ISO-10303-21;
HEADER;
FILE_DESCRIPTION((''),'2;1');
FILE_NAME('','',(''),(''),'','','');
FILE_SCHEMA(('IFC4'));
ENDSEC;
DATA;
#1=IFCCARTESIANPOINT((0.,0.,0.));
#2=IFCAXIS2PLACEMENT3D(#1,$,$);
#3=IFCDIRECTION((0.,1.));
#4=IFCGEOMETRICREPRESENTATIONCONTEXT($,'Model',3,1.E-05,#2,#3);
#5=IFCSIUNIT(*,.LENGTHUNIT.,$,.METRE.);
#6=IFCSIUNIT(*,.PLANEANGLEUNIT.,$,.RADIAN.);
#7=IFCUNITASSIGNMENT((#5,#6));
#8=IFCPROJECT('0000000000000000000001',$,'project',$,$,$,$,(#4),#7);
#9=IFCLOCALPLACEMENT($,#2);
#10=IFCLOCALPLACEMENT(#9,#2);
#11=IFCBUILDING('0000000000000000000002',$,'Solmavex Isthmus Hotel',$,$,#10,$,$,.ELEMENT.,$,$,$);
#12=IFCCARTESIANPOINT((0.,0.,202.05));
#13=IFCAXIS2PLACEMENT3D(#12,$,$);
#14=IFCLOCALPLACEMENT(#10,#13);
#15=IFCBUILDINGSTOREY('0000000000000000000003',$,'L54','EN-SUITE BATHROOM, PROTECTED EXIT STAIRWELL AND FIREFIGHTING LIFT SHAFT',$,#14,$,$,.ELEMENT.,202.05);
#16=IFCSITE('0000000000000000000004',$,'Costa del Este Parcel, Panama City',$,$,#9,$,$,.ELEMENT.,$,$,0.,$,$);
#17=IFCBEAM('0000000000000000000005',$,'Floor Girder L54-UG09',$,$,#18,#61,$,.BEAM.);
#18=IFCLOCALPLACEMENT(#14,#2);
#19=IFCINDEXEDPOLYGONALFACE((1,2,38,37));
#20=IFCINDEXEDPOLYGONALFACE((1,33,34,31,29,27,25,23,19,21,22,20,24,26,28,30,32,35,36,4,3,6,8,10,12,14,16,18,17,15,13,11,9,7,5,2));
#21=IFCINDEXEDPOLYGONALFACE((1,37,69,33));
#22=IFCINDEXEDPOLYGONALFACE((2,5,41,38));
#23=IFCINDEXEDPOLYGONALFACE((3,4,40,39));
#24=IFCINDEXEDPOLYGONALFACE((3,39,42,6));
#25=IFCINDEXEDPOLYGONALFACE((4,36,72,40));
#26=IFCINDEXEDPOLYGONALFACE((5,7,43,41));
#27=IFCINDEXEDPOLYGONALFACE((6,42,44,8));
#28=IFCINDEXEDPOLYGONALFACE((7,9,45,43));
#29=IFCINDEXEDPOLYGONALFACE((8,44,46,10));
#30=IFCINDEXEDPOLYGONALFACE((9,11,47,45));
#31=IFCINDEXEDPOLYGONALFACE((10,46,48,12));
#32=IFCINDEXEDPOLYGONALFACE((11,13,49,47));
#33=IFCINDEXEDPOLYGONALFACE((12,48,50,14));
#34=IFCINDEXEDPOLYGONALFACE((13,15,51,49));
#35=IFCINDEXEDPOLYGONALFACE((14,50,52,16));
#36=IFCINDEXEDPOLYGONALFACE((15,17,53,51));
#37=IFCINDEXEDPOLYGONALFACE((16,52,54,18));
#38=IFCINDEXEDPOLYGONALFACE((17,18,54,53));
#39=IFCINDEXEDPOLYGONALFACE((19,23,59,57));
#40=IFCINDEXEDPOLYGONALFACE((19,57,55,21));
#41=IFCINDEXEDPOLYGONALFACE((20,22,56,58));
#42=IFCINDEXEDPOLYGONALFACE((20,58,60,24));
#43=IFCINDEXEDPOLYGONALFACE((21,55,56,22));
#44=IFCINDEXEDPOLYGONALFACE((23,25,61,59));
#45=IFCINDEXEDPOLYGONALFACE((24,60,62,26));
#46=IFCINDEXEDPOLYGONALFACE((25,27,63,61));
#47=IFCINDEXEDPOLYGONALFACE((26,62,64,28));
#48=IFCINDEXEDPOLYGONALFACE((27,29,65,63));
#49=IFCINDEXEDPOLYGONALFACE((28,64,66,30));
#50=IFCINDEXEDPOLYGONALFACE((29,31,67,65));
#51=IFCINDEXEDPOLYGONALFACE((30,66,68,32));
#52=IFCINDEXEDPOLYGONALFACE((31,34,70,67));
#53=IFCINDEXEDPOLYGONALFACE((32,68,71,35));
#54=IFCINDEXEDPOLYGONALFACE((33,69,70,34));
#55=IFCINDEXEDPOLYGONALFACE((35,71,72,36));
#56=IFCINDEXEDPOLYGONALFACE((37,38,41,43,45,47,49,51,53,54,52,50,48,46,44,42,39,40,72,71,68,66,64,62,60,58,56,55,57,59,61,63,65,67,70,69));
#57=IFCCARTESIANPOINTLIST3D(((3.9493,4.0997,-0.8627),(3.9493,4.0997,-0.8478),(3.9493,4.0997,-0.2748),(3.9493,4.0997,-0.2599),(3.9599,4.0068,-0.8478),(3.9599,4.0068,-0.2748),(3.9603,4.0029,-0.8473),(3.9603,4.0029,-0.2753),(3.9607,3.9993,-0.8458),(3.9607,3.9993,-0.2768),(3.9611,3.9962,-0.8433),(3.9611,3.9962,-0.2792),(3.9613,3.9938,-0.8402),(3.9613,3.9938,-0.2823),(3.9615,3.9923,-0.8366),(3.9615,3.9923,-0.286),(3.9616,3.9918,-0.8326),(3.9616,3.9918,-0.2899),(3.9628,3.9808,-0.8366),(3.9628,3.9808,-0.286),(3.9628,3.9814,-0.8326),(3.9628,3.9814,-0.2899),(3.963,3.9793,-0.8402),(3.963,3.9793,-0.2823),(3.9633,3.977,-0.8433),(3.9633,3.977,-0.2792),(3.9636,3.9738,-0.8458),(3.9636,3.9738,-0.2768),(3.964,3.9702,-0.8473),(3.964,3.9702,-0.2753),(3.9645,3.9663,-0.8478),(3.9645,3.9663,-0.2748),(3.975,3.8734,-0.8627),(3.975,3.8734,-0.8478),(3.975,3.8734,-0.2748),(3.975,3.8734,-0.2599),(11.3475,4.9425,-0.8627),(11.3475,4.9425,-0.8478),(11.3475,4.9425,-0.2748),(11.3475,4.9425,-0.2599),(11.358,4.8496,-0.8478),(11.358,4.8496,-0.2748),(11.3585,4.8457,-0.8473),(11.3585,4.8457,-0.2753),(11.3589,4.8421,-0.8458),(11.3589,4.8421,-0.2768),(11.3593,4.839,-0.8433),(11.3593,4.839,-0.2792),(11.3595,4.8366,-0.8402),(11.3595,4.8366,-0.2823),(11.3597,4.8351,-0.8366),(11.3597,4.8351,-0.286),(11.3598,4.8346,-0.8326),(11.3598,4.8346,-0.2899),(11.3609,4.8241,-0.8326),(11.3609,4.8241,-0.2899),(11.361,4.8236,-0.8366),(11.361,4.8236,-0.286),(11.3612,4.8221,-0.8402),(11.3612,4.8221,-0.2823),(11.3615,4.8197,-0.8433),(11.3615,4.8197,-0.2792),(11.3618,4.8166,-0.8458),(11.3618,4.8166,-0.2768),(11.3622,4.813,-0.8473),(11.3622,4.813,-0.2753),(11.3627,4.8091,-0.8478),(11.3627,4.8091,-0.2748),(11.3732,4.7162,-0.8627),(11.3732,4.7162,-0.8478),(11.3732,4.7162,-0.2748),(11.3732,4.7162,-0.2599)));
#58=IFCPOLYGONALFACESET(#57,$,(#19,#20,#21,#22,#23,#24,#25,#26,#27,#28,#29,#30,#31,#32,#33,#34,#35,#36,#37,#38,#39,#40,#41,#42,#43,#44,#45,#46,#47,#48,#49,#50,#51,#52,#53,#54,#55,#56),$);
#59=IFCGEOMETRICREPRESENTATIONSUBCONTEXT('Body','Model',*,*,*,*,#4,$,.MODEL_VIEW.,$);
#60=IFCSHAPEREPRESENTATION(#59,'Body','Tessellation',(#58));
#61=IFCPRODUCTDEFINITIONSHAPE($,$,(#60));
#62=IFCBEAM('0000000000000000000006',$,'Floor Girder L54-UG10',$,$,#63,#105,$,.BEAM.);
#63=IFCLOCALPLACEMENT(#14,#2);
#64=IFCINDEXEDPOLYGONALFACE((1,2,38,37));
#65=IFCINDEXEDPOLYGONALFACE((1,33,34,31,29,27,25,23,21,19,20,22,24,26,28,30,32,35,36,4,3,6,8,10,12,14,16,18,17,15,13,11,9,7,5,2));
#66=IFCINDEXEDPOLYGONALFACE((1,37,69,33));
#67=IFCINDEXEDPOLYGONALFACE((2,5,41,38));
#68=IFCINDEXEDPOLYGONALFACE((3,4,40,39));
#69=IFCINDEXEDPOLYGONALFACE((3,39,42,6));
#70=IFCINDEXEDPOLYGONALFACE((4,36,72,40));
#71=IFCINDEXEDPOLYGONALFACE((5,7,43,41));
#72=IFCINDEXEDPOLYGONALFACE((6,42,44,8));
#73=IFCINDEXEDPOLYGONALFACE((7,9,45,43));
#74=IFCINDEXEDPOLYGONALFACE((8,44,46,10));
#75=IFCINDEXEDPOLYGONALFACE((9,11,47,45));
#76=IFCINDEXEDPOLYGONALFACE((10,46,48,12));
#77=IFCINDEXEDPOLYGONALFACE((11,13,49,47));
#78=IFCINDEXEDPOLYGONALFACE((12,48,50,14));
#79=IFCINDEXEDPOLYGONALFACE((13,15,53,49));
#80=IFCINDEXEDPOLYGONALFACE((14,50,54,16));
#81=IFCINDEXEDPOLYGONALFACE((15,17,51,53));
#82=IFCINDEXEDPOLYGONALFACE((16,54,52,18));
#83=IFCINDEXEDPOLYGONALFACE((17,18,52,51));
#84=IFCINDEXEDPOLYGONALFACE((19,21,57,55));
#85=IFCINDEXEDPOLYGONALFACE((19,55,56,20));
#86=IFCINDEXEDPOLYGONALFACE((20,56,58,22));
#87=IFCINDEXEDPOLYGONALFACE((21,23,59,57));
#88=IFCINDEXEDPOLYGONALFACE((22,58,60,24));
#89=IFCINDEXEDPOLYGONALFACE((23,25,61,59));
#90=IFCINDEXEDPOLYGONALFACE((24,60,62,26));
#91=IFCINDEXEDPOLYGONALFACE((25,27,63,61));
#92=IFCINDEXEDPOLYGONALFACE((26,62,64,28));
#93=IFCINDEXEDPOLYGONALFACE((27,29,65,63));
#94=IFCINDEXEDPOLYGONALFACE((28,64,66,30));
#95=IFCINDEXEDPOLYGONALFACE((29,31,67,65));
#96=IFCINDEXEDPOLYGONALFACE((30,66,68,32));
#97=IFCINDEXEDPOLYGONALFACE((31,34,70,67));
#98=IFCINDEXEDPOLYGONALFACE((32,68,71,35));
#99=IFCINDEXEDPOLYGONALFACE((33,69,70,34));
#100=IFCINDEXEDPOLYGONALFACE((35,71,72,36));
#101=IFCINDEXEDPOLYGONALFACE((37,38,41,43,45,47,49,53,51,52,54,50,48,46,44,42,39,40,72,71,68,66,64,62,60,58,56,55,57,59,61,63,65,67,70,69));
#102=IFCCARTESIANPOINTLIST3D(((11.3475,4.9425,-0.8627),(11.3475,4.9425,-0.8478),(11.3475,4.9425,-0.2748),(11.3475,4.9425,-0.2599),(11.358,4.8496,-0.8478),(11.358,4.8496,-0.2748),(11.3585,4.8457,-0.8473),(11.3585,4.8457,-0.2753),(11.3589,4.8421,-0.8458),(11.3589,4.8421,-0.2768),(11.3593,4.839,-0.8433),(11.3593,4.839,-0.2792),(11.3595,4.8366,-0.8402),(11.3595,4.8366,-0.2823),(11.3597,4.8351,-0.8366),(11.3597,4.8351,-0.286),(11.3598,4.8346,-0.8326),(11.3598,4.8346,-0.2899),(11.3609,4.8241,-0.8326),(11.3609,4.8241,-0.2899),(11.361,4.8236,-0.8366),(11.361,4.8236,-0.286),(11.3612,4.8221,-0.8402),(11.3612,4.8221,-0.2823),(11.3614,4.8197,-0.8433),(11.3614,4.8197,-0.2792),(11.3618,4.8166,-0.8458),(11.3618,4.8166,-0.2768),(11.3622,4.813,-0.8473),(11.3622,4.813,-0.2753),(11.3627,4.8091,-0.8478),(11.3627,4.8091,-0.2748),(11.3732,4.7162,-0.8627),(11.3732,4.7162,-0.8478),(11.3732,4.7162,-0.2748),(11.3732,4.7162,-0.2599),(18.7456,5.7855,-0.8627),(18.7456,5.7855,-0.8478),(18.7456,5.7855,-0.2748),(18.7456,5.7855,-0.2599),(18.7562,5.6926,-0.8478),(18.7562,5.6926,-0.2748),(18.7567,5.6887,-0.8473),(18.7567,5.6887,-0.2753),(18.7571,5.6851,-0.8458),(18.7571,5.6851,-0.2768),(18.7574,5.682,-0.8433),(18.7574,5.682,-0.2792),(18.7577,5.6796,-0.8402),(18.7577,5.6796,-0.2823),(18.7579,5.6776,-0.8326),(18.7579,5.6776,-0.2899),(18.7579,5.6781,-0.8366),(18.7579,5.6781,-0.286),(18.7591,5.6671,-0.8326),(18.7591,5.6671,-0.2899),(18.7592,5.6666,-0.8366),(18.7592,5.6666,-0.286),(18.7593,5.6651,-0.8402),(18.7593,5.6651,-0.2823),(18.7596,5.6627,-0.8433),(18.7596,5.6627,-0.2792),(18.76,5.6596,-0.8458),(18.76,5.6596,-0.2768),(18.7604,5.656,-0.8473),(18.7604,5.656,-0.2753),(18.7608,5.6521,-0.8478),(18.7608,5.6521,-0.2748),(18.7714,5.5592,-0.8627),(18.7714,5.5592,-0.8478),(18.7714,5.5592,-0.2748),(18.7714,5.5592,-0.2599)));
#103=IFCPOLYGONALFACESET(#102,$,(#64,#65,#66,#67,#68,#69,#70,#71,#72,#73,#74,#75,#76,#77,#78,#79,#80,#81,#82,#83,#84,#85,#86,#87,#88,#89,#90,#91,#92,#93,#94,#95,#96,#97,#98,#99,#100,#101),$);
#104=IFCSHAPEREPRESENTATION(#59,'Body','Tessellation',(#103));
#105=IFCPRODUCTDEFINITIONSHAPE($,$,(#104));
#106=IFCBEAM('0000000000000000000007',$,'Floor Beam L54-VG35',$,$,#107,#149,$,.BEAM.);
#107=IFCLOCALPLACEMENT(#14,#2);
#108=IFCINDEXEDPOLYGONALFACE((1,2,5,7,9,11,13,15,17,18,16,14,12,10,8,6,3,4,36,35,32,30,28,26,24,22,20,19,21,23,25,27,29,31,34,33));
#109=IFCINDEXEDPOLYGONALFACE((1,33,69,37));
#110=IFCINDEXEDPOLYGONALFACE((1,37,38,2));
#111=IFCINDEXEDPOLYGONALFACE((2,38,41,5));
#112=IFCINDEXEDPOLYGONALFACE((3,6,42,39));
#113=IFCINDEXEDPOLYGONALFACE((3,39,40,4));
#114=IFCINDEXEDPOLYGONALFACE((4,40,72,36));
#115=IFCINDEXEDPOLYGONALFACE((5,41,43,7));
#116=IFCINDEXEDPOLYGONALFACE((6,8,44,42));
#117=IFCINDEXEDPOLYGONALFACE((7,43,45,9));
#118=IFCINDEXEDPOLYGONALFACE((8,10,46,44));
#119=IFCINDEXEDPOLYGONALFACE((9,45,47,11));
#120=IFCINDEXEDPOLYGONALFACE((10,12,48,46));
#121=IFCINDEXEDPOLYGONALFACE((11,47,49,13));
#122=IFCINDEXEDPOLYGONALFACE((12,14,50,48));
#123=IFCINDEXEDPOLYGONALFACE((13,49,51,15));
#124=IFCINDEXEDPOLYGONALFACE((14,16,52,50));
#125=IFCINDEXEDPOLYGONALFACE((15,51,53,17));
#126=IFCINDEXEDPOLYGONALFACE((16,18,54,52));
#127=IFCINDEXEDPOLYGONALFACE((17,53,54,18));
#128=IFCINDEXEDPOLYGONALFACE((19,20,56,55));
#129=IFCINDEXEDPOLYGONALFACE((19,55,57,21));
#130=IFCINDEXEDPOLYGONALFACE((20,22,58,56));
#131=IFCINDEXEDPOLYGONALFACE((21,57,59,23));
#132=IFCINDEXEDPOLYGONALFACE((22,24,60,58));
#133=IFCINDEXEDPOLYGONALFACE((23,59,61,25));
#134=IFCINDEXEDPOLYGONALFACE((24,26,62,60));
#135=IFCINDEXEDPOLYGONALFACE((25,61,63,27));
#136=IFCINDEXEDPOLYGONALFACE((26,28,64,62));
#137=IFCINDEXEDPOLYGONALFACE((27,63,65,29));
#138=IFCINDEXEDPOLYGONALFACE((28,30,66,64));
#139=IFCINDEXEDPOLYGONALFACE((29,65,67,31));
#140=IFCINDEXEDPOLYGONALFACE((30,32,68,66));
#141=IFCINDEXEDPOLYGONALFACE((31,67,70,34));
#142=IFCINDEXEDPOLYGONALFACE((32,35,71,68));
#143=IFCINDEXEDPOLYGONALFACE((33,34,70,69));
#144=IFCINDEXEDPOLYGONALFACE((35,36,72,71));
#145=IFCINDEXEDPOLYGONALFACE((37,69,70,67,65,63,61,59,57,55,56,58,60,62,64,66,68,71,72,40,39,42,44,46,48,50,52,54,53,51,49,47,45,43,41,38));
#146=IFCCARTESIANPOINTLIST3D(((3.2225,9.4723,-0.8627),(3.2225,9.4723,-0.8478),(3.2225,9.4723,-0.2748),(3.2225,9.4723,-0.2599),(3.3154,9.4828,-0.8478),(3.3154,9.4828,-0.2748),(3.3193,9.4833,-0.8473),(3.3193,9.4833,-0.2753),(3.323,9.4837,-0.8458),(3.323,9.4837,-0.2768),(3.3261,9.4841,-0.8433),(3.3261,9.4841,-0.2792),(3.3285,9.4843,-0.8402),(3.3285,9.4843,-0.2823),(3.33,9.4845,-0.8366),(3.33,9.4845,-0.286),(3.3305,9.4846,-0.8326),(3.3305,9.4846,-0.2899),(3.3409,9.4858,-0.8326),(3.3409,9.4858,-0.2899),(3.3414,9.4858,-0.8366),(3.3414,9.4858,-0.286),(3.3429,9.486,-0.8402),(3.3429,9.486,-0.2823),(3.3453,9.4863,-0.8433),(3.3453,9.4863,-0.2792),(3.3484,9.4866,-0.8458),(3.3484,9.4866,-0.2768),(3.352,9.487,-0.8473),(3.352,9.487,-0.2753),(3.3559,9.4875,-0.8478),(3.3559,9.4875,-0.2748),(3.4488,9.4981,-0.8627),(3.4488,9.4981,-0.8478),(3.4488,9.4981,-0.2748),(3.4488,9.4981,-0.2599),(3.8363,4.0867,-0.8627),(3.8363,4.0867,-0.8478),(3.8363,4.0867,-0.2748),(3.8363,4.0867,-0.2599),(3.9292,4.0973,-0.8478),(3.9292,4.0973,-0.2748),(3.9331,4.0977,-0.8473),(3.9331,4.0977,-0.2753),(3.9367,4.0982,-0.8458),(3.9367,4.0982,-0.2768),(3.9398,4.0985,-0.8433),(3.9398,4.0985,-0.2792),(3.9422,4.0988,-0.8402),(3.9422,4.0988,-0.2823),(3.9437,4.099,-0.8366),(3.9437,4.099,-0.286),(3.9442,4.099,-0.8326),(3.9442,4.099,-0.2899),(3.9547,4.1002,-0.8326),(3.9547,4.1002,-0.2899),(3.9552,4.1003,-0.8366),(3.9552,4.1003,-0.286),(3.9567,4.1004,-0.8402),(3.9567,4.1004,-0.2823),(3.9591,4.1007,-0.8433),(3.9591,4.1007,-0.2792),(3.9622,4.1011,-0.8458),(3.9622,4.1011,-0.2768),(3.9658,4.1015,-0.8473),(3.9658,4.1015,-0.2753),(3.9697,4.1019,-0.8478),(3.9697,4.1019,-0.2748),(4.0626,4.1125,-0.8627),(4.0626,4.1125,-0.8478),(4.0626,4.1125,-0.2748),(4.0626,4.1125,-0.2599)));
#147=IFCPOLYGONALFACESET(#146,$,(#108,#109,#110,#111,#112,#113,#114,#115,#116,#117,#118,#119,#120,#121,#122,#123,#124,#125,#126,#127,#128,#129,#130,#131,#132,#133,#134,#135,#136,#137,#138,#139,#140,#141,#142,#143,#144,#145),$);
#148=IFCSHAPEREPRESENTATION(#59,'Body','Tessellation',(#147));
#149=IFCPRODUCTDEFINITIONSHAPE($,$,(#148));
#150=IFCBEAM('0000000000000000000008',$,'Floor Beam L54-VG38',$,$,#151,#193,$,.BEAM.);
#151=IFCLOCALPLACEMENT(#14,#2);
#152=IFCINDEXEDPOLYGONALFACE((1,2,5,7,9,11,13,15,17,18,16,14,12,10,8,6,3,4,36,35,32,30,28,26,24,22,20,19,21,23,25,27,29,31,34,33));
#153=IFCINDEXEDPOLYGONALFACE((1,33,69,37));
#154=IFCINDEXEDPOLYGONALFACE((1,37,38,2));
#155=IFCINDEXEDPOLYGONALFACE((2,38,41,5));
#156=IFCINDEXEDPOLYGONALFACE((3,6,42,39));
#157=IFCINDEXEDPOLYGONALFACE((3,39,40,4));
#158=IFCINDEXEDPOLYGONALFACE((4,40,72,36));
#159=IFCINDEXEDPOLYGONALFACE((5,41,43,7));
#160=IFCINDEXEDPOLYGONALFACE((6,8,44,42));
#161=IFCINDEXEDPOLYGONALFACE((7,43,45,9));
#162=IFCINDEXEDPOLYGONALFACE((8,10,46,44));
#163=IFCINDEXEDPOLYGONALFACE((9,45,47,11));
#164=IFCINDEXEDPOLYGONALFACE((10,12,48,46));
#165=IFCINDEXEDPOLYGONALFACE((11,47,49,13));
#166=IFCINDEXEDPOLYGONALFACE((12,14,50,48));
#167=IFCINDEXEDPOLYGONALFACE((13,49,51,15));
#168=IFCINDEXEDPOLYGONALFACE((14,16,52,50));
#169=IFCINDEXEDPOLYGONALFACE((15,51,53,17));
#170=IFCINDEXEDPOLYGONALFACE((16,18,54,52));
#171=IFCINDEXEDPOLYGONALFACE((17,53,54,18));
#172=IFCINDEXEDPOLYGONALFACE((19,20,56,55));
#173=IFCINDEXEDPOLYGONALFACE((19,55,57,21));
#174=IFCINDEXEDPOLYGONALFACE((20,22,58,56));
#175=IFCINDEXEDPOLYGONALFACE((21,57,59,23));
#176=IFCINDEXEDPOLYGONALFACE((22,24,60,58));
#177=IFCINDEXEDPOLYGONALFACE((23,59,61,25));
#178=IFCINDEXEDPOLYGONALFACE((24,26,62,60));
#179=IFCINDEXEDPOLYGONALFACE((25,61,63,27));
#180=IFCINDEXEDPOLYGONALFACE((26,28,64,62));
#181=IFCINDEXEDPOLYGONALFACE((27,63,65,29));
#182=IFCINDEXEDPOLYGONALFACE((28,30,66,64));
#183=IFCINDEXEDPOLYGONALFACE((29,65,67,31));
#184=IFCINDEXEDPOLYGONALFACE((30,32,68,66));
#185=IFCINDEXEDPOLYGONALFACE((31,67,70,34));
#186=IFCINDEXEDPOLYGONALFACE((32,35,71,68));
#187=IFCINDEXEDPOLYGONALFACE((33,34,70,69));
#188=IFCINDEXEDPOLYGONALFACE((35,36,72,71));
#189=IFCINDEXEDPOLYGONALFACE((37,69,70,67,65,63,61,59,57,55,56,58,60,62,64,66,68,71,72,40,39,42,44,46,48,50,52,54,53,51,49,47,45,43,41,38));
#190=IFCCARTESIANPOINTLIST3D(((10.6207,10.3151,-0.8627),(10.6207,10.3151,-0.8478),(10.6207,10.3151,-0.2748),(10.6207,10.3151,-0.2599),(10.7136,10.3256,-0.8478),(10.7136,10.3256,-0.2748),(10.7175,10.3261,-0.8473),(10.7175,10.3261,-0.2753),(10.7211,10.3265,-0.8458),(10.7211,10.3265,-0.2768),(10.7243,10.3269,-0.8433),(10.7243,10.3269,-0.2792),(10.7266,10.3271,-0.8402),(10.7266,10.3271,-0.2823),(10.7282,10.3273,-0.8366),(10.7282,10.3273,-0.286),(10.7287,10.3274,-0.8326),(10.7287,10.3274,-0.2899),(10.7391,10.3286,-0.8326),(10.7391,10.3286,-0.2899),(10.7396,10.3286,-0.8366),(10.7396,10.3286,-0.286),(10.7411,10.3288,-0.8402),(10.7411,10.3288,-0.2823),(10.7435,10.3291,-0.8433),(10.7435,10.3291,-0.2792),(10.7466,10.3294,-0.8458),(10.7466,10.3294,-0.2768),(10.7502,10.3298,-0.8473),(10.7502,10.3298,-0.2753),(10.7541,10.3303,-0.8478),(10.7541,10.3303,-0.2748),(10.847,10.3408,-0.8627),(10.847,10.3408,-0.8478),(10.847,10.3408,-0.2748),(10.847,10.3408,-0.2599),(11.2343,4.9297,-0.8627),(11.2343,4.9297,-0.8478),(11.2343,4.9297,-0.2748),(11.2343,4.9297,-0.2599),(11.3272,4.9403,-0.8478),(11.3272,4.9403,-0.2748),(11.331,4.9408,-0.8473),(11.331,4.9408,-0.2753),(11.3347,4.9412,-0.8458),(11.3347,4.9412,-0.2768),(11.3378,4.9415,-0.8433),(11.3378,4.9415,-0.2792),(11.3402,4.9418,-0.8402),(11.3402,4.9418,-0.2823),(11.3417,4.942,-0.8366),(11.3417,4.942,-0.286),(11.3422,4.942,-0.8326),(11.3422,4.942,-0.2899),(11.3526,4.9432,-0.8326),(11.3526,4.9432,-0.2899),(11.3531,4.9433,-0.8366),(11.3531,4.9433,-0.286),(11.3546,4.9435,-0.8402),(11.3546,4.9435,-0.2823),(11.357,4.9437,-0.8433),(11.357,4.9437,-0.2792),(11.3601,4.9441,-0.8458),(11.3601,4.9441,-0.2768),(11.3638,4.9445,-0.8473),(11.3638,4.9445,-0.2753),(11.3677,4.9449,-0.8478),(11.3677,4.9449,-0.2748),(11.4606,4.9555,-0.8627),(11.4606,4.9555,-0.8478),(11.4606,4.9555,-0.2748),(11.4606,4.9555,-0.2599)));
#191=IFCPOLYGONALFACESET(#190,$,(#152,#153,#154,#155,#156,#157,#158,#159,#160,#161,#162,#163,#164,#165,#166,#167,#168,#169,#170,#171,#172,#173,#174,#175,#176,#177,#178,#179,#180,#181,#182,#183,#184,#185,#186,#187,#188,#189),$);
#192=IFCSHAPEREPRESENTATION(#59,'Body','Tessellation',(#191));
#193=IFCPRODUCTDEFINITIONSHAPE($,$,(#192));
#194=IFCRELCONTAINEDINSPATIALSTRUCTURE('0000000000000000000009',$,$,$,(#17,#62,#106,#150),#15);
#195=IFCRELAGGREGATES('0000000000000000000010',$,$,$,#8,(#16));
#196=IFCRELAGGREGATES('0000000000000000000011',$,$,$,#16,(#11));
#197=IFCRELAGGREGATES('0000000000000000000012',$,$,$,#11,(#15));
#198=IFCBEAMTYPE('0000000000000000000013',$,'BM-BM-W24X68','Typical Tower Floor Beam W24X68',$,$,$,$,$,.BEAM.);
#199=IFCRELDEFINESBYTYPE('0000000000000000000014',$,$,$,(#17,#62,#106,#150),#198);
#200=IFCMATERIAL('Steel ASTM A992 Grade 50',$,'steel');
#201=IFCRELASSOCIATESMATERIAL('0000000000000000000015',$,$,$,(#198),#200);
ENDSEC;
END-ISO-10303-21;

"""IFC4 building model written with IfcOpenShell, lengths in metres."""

from ifc_helpers import new_model, si_unit, direction, frame, origin, origin_2d, place, context, subcontext, project, spatial, i_section, extrude, material, material_profile, profile_set, type_object, element, save


model = new_model("IFC4")

# Units and contexts
model_context = context("Model", 3, precision=1e-05, world=origin(), true_north=direction((0.0, 1.0)))
body_context = subcontext(model_context, "Body", "Model", "MODEL_VIEW")
ifc_project = project(units=[si_unit("LENGTHUNIT", "METRE"), si_unit("PLANEANGLEUNIT", "RADIAN")], contexts=[model_context])

# Site, building, storey
site_placement = place(None, origin())
site = spatial("IfcSite", under=ifc_project, at=site_placement, Name="Costa del Este Parcel, Panama City", CompositionType="ELEMENT", RefElevation=0.0)
building_placement = place(site_placement, origin())
building = spatial("IfcBuilding", under=site, at=building_placement, Name="Solmavex Isthmus Hotel", CompositionType="ELEMENT")
storey_placement = place(building_placement, frame((0.0, 0.0, 202.05)))
storey = spatial("IfcBuildingStorey", under=building, at=storey_placement, Name="L54", Description="EN-SUITE BATHROOM, PROTECTED EXIT STAIRWELL AND FIREFIGHTING LIFT SHAFT", CompositionType="ELEMENT", Elevation=202.05)

# Beams
ifc_material_1 = material(Name="Steel ASTM A992 Grade 50", Category="steel")
ifc_material_profile_1 = material_profile(ifc_material_1, i_section(OverallWidth=0.2278, OverallDepth=0.6028, WebThickness=0.0105, FlangeThickness=0.0149, FilletRadius=0.0151, at=origin_2d()), Name="W24X68")
ifc_profile_set_1 = profile_set([ifc_material_profile_1], Name="Steel ASTM A992 Grade 50")
beam_type_1 = type_object("IfcBeamType", Name="BM-BM-W24X68", Description="Typical Tower Floor Beam W24X68", PredefinedType="BEAM", material=ifc_profile_set_1)
for number, where, z_axis, x_axis, name in (
    (1, (3.9622, 3.9866, -0.5613), (0.993574, 0.113184, 0.0), (-0.113184, 0.993574, 0.0), "Floor Girder L54-UG09"),
    (2, (11.3604, 4.8293, -0.5613), (0.99357, 0.113216, 0.0), (-0.113216, 0.99357, 0.0), "Floor Girder L54-UG10"),
):
    element("IfcBeam", number, at=place(storey_placement, frame(where, z_axis=z_axis, x_axis=x_axis)), inside=storey, type_object=beam_type_1, Name=name, PredefinedType="BEAM", context=body_context, shape_type="SweptSolid", body=[
        extrude(i_section(OverallWidth=0.2278, OverallDepth=0.6028, WebThickness=0.0105, FlangeThickness=0.0149, FilletRadius=0.0151, at=origin_2d()), origin(), (0.0, 0.0, 1.0), 7.446),
    ])
beam_1_placement = place(storey_placement, frame((3.9495, 4.0996, -0.5613), z_axis=(-0.113234, 0.993568, 0.0), x_axis=(-0.993568, -0.113234, 0.0)))
element("IfcBeam", 3, at=beam_1_placement, inside=storey, type_object=beam_type_1, Name="Floor Beam L54-VG35", PredefinedType="BEAM", context=body_context, shape_type="SweptSolid", body=[
    extrude(i_section(OverallWidth=0.2278, OverallDepth=0.6028, WebThickness=0.0105, FlangeThickness=0.0149, FilletRadius=0.0151, at=origin_2d()), origin(), (0.0, 0.0, 1.0), 5.4204),
])
beam_2_placement = place(storey_placement, frame((11.3474, 4.9426, -0.5613), z_axis=(-0.113195, 0.993573, 0.0), x_axis=(-0.993573, -0.113195, 0.0)))
element("IfcBeam", 4, at=beam_2_placement, inside=storey, type_object=beam_type_1, Name="Floor Beam L54-VG38", PredefinedType="BEAM", context=body_context, shape_type="SweptSolid", body=[
    extrude(i_section(OverallWidth=0.2278, OverallDepth=0.6028, WebThickness=0.0105, FlangeThickness=0.0149, FilletRadius=0.0151, at=origin_2d()), origin(), (0.0, 0.0, 1.0), 5.4202),
])

save(model, "model.ifc")
